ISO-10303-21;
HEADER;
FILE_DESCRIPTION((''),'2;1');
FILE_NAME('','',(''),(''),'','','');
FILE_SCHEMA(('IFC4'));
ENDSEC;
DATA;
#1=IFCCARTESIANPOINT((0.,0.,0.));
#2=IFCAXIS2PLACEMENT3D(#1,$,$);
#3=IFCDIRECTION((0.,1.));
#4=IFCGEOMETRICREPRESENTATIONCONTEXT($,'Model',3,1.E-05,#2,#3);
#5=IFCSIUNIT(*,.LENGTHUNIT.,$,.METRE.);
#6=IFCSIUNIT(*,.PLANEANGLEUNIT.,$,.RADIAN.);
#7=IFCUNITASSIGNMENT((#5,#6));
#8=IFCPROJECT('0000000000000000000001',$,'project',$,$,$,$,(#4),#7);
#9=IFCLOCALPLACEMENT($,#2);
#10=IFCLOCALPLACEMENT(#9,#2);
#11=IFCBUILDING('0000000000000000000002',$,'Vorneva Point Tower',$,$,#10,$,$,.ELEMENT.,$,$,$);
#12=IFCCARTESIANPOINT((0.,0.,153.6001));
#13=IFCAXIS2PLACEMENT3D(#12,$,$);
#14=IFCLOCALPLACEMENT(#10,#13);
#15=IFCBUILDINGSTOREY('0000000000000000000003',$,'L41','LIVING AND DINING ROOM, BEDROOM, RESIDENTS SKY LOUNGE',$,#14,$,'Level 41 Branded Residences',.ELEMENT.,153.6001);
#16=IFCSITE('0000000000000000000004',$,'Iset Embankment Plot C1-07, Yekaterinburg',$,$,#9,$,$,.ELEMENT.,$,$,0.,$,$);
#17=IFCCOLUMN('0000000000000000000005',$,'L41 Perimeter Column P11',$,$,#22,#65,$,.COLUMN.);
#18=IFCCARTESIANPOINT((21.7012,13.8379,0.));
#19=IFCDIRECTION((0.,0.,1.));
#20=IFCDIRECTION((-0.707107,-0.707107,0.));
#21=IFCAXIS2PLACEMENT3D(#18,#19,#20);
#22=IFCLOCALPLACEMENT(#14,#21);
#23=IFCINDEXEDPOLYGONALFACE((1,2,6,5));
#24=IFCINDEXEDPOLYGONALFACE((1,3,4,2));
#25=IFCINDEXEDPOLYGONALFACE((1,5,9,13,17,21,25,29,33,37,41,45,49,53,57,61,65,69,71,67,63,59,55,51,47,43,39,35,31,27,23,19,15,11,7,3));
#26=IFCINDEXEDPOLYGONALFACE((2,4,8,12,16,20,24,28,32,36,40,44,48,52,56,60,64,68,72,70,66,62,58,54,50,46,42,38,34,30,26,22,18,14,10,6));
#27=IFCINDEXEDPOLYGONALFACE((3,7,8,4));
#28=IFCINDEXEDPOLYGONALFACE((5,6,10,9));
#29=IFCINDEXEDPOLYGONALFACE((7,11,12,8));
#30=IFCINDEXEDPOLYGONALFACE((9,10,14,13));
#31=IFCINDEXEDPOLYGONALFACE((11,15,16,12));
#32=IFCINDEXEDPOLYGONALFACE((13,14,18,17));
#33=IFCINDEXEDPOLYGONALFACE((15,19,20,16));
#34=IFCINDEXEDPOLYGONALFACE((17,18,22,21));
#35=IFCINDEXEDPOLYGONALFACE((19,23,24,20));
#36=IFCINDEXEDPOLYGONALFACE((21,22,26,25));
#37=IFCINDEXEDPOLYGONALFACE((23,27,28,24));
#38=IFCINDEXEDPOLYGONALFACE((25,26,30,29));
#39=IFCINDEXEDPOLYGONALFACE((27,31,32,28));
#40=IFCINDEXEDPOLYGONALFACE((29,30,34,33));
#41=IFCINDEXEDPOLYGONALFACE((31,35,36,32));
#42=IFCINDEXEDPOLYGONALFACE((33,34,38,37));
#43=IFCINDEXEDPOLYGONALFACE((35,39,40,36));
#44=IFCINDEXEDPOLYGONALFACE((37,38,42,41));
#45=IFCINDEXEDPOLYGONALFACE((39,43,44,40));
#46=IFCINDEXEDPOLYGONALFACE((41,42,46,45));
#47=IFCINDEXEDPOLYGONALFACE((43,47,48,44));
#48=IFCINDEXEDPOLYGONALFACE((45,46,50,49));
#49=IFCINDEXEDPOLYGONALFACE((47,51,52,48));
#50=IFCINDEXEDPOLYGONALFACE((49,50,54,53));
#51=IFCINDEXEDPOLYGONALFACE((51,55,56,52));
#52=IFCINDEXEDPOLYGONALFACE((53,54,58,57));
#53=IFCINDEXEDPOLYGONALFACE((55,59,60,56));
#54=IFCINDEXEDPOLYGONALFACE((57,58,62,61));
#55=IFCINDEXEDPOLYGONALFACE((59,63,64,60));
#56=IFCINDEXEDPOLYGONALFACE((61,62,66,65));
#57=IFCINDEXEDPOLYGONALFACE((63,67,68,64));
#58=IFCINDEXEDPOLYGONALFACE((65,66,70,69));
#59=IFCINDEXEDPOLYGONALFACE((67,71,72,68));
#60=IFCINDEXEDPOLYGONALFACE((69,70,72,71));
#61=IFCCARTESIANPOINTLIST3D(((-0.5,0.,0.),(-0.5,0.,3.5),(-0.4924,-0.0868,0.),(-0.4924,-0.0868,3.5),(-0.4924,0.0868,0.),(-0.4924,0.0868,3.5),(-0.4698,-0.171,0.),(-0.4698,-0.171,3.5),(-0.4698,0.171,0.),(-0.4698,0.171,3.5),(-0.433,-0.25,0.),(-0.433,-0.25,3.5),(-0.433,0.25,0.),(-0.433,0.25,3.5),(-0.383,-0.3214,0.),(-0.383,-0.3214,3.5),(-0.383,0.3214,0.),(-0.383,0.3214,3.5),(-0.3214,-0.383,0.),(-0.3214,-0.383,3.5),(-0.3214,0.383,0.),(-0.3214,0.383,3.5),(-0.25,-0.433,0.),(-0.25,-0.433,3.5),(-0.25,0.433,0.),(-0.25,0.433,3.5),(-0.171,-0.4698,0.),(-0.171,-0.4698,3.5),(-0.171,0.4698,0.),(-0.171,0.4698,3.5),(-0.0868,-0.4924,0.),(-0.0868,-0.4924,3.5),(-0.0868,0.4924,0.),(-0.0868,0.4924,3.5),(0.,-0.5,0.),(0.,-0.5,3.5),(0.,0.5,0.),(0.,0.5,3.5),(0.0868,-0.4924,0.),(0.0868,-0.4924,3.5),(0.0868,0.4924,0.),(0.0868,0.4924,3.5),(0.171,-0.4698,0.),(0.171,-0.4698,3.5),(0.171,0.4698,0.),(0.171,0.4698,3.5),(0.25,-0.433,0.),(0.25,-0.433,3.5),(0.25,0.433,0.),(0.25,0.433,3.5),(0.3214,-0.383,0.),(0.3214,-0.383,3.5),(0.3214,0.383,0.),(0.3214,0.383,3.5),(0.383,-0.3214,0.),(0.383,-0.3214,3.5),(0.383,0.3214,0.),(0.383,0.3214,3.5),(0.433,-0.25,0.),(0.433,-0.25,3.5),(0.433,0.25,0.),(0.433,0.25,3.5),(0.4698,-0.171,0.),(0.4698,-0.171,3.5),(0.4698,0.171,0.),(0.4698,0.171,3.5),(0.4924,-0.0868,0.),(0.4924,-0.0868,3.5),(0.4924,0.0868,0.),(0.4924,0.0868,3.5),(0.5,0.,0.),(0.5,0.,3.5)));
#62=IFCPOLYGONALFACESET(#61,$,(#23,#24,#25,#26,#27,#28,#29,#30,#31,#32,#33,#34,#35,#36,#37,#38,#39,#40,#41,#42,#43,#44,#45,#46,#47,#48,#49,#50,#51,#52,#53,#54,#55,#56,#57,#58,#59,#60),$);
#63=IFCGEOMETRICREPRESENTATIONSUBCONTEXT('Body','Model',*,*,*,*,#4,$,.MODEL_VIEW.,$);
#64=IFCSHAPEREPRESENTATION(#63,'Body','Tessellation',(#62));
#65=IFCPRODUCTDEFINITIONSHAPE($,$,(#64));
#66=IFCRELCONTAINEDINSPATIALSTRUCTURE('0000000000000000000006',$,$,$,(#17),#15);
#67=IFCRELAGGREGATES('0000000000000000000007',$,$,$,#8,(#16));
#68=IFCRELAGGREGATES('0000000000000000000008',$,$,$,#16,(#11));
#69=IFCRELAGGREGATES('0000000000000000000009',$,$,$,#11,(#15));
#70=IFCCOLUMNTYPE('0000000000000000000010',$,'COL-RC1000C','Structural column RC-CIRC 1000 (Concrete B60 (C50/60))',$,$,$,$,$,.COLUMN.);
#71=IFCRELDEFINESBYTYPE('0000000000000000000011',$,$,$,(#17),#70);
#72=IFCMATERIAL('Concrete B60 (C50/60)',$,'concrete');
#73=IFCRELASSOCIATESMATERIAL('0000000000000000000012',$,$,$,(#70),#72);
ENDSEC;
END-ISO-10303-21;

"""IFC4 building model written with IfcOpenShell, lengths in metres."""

from ifc_helpers import new_model, si_unit, direction, frame, origin, origin_2d, place, context, subcontext, project, spatial, circle, extrude, material, material_profile, profile_set, type_object, element, save


model = new_model("IFC4")

# Units and contexts
model_context = context("Model", 3, precision=1e-05, world=origin(), true_north=direction((0.0, 1.0)))
body_context = subcontext(model_context, "Body", "Model", "MODEL_VIEW")
ifc_project = project(units=[si_unit("LENGTHUNIT", "METRE"), si_unit("PLANEANGLEUNIT", "RADIAN")], contexts=[model_context])

# Site, building, storey
site_placement = place(None, origin())
site = spatial("IfcSite", under=ifc_project, at=site_placement, Name="Iset Embankment Plot C1-07, Yekaterinburg", CompositionType="ELEMENT", RefElevation=0.0)
building_placement = place(site_placement, origin())
building = spatial("IfcBuilding", under=site, at=building_placement, Name="Vorneva Point Tower", CompositionType="ELEMENT")
storey_placement = place(building_placement, frame((0.0, 0.0, 153.6001)))
storey = spatial("IfcBuildingStorey", under=building, at=storey_placement, Name="L41", Description="LIVING AND DINING ROOM, BEDROOM, RESIDENTS SKY LOUNGE", LongName="Level 41 Branded Residences", CompositionType="ELEMENT", Elevation=153.6001)

# Column
ifc_material_1 = material(Name="Concrete B60 (C50/60)", Category="concrete")
ifc_material_profile_1 = material_profile(ifc_material_1, circle(Radius=0.5, at=origin_2d()), Name="RC-CIRC 1000")
ifc_profile_set_1 = profile_set([ifc_material_profile_1], Name="Concrete B60 (C50/60)")
column_type_1 = type_object("IfcColumnType", Name="COL-RC1000C", Description="Structural column RC-CIRC 1000 (Concrete B60 (C50/60))", PredefinedType="COLUMN", material=ifc_profile_set_1)
column_1_placement = place(storey_placement, frame((21.7012, 13.8379, 0.0), z_axis=(0.0, 0.0, 1.0), x_axis=(-0.707107, -0.707107, 0.0)))
element("IfcColumn", 1, at=column_1_placement, inside=storey, type_object=column_type_1, Name="L41 Perimeter Column P11", PredefinedType="COLUMN", context=body_context, shape_type="SweptSolid", body=[
    extrude(circle(Radius=0.5, at=origin_2d()), origin(), (0.0, 0.0, 1.0), 3.5),
])

save(model, "model.ifc")
